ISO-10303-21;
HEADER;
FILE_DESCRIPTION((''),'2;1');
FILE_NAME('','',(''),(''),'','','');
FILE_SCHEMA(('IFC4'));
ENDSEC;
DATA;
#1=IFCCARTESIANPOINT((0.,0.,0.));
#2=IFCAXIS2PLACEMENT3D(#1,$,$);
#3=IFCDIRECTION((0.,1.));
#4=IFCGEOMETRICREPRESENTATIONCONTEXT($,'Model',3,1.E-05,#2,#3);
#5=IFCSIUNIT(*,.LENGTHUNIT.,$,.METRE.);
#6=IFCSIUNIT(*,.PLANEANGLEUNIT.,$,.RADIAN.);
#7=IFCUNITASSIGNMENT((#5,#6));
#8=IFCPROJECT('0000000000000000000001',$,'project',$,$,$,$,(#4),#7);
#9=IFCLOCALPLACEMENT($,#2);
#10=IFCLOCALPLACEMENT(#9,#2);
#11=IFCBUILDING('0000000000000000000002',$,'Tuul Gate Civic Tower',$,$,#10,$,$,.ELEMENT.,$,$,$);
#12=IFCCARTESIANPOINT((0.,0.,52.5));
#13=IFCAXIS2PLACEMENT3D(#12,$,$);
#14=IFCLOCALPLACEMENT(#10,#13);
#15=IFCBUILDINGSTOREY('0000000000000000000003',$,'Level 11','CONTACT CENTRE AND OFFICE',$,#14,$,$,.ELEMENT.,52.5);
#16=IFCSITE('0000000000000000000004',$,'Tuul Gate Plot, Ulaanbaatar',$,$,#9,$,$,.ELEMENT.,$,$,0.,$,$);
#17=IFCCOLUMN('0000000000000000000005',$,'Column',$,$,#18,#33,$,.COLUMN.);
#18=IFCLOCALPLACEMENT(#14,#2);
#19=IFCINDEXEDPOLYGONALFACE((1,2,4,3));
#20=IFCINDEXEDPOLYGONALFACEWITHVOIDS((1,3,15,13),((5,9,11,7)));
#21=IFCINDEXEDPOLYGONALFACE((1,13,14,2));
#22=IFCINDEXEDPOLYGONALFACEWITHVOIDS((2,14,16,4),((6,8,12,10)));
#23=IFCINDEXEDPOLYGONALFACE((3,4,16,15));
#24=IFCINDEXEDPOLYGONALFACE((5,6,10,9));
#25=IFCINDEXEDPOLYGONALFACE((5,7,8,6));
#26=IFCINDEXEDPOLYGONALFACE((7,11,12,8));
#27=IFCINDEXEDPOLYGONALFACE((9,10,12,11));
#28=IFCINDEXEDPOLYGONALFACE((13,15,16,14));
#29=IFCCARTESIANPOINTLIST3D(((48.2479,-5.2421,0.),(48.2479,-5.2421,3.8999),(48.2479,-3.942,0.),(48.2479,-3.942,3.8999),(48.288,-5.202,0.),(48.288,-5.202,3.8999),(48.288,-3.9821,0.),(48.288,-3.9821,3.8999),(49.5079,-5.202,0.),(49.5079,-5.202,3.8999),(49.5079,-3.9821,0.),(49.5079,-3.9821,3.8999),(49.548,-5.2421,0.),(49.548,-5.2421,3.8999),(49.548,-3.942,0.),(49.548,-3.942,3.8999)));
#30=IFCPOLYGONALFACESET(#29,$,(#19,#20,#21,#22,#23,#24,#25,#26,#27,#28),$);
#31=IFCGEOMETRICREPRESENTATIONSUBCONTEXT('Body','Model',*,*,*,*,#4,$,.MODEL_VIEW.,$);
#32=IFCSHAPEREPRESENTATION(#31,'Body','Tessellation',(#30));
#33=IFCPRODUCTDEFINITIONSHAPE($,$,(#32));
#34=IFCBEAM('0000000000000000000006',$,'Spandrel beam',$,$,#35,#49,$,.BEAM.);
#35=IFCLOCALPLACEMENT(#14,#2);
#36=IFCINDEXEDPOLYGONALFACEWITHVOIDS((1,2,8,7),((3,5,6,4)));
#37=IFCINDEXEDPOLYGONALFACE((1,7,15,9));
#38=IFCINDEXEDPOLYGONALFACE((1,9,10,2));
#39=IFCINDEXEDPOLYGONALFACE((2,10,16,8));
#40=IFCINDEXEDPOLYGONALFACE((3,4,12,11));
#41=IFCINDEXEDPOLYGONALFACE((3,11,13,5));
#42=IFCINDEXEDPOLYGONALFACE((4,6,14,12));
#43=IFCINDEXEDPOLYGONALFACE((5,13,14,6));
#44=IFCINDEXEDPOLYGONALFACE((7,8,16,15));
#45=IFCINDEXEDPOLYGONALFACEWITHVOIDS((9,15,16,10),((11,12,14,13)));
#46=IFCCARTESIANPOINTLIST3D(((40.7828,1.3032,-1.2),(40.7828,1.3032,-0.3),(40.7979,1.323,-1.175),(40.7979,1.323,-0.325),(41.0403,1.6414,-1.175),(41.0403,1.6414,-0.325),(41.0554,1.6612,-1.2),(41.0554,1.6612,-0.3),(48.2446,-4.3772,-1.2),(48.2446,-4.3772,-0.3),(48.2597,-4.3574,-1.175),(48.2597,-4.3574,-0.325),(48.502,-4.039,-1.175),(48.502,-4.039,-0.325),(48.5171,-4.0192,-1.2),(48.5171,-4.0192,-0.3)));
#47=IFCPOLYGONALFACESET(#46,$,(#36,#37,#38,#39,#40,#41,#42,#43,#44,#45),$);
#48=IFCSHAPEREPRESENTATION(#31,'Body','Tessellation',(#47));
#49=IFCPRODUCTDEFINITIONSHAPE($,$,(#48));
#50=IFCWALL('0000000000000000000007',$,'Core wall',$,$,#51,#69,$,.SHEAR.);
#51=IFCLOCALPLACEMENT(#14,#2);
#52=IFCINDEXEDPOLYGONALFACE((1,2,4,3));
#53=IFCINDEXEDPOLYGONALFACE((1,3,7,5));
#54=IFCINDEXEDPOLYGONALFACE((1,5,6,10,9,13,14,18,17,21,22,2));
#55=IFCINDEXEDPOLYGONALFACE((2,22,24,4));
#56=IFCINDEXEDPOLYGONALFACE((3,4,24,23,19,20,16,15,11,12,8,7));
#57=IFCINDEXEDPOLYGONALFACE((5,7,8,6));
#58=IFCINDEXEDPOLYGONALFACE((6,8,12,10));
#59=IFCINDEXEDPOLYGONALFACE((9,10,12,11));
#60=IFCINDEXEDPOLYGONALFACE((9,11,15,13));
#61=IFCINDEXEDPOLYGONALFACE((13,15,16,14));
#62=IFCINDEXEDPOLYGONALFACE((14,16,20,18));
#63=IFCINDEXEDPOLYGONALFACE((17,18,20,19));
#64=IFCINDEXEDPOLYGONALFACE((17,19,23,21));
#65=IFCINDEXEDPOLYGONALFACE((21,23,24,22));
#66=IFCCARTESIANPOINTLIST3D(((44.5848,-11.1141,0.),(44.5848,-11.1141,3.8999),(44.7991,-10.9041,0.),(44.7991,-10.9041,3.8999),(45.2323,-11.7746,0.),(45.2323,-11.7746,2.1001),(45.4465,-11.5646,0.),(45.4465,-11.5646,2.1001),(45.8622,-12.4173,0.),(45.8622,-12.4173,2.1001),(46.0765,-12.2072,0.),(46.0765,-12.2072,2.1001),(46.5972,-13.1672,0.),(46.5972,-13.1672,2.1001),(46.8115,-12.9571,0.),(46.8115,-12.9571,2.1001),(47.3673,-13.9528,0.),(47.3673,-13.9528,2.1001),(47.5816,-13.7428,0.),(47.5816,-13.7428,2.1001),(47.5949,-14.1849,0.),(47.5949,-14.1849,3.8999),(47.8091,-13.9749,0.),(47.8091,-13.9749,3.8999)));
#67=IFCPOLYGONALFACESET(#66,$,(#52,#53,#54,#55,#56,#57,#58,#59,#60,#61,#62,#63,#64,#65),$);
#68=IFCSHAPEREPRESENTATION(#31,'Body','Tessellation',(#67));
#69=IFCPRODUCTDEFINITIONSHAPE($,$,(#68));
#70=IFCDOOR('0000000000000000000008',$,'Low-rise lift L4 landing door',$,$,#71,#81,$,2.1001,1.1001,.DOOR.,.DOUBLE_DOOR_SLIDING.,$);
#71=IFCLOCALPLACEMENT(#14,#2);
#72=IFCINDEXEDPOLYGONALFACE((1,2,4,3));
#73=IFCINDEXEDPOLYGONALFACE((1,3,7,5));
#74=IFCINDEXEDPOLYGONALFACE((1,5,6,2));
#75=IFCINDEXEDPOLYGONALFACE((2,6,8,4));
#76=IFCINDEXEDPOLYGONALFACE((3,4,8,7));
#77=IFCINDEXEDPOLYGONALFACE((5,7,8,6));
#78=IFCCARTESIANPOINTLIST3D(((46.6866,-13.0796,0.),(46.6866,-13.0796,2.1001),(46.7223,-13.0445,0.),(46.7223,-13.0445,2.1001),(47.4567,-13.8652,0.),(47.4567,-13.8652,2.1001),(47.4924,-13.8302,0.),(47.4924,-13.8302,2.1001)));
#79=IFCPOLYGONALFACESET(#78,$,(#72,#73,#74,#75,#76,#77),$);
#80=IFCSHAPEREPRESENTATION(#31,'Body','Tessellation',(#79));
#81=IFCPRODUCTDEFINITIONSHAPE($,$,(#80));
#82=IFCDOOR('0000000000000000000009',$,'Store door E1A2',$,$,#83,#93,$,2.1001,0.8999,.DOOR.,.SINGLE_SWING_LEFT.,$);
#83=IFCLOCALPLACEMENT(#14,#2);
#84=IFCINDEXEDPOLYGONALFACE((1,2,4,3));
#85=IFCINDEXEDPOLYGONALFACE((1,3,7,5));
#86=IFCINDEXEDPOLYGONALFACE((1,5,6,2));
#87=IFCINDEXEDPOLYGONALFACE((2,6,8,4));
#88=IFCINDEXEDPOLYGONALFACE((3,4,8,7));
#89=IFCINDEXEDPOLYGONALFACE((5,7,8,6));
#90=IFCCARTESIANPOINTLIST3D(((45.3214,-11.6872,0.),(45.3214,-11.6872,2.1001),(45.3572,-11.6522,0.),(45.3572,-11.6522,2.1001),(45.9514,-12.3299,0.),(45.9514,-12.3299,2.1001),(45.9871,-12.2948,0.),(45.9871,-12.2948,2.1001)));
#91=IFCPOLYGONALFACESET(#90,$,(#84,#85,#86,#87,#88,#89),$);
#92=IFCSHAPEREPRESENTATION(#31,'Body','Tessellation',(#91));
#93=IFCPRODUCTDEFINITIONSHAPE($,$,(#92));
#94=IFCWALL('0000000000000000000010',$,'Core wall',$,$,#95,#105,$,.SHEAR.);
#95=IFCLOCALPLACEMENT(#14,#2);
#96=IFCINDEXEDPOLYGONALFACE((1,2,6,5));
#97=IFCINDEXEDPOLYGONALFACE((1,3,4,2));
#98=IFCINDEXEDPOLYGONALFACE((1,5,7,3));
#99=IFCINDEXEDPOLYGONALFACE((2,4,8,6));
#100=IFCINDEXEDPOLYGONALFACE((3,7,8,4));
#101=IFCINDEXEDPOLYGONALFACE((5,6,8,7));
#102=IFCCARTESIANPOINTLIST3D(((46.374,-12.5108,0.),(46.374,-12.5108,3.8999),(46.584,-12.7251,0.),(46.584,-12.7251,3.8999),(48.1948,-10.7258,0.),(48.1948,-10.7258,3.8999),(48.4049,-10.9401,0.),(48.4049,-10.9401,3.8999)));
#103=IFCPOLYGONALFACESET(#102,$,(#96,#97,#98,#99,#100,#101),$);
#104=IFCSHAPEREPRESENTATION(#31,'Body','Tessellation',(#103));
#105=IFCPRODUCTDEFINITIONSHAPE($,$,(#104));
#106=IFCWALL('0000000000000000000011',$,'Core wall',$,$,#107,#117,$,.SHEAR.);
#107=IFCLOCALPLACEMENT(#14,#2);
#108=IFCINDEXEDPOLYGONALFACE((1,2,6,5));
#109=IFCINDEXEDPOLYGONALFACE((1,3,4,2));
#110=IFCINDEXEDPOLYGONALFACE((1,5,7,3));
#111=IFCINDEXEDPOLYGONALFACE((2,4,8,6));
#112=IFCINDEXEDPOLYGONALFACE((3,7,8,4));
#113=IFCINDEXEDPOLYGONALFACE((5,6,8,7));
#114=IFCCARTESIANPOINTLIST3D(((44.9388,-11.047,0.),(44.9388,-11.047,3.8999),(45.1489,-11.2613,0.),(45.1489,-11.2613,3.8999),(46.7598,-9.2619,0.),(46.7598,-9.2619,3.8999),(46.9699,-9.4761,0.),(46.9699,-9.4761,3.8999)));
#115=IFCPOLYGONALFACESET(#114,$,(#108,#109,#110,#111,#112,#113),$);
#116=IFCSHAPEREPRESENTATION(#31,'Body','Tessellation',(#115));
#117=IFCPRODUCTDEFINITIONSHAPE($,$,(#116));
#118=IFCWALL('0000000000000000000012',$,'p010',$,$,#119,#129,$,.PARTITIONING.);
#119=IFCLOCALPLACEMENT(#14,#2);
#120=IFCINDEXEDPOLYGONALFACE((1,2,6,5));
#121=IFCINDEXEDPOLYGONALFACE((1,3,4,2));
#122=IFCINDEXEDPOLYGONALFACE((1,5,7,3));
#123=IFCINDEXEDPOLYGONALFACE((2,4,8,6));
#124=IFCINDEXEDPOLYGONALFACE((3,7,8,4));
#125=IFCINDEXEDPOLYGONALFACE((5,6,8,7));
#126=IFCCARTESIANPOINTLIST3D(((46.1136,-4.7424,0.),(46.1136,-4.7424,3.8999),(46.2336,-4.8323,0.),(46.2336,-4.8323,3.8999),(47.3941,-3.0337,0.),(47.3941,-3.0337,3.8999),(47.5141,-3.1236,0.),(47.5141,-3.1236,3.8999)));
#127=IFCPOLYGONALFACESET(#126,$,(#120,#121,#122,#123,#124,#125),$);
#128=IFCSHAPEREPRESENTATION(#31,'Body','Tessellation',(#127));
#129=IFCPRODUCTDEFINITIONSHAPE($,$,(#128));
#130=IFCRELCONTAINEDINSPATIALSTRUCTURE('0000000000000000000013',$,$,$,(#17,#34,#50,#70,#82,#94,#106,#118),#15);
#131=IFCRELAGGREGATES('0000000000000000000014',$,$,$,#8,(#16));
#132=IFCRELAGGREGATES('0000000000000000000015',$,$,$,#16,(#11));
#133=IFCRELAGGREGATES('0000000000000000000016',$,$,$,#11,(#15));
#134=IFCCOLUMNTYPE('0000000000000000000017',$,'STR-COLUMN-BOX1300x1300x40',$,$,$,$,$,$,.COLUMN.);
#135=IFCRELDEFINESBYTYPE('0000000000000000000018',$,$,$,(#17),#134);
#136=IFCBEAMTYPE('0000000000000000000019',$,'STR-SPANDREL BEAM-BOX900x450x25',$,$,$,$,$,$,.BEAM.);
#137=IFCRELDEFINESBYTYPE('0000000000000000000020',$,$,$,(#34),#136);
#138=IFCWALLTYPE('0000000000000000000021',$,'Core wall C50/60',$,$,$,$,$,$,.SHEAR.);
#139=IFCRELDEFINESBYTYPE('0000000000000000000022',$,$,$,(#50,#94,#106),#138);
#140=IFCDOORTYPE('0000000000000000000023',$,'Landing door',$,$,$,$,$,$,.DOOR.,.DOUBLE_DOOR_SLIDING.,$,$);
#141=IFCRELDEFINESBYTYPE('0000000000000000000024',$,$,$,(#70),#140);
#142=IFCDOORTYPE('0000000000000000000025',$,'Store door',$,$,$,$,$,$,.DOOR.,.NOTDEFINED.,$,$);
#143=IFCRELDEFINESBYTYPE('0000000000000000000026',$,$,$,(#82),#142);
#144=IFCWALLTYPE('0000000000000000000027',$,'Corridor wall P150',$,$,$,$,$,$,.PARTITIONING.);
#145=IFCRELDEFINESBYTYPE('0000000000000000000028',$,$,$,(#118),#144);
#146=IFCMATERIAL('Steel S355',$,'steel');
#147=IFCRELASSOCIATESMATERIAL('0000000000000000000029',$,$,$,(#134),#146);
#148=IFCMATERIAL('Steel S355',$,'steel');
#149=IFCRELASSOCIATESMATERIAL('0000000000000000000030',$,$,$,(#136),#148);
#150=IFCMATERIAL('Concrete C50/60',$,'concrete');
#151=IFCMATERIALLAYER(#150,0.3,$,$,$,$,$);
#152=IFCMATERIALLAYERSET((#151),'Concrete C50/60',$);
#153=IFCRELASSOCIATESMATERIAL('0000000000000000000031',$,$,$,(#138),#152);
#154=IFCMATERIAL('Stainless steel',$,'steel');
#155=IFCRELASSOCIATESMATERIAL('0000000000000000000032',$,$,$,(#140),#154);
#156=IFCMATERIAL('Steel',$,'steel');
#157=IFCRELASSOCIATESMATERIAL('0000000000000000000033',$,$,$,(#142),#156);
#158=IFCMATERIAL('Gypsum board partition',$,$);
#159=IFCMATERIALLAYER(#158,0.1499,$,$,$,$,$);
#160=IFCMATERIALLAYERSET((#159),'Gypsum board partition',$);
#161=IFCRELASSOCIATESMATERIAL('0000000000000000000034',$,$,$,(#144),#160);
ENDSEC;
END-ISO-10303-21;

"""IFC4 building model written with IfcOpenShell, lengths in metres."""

from ifc_helpers import new_model, si_unit, direction, frame, frame_2d, origin, origin_2d, place, context, subcontext, project, spatial, rectangle, hollow_rectangle, extrude, material, layer, layer_set, material_profile, profile_set, type_object, element, fill, save


model = new_model("IFC4")

# Units and contexts
model_context = context("Model", 3, precision=1e-05, world=origin(), true_north=direction((0.0, 1.0)))
body_context = subcontext(model_context, "Body", "Model", "MODEL_VIEW")
ifc_project = project(units=[si_unit("LENGTHUNIT", "METRE"), si_unit("PLANEANGLEUNIT", "RADIAN")], contexts=[model_context])

# Site, building, storey
site_placement = place(None, origin())
site = spatial("IfcSite", under=ifc_project, at=site_placement, Name="Tuul Gate Plot, Ulaanbaatar", CompositionType="ELEMENT", RefElevation=0.0)
building_placement = place(site_placement, origin())
building = spatial("IfcBuilding", under=site, at=building_placement, Name="Tuul Gate Civic Tower", CompositionType="ELEMENT")
storey_placement = place(building_placement, frame((0.0, 0.0, 52.5)))
storey = spatial("IfcBuildingStorey", under=building, at=storey_placement, Name="Level 11", Description="CONTACT CENTRE AND OFFICE", CompositionType="ELEMENT", Elevation=52.5)

# Column
ifc_material_1 = material(Name="Steel S355", Category="steel")
ifc_material_profile_1 = material_profile(ifc_material_1, hollow_rectangle(XDim=1.3, YDim=1.3, WallThickness=0.04, at=origin_2d()), Name="BOX1300x1300x40")
ifc_profile_set_1 = profile_set([ifc_material_profile_1], Name="Steel S355")
column_type = type_object("IfcColumnType", Name="STR-COLUMN-BOX1300x1300x40", PredefinedType="COLUMN", material=ifc_profile_set_1)
column_placement = place(storey_placement, frame((48.8979, -4.592, 0.0), z_axis=(0.0, 0.0, 1.0), x_axis=(1.0, 0.0, 0.0)))
element("IfcColumn", 1, at=column_placement, inside=storey, type_object=column_type, Name="Column", PredefinedType="COLUMN", context=body_context, shape_type="SweptSolid", body=[
    extrude(hollow_rectangle(XDim=1.3, YDim=1.3, WallThickness=0.04, at=origin_2d()), origin(), (0.0, 0.0, 1.0), 3.8999),
])

# Beam
ifc_material_2 = material(Name="Steel S355", Category="steel")
ifc_material_profile_2 = material_profile(ifc_material_2, hollow_rectangle(XDim=0.45, YDim=0.8999, WallThickness=0.0249, at=origin_2d()), Name="BOX900x450x25")
ifc_profile_set_2 = profile_set([ifc_material_profile_2], Name="Steel S355")
beam_type = type_object("IfcBeamType", Name="STR-SPANDREL BEAM-BOX900x450x25", PredefinedType="BEAM", material=ifc_profile_set_2)
beam_placement = place(storey_placement, frame((48.3809, -4.1982, -0.75), z_axis=(-0.795671, 0.605729, 0.0), x_axis=(-0.605729, -0.795671, 0.0)))
element("IfcBeam", 2, at=beam_placement, inside=storey, type_object=beam_type, Name="Spandrel beam", PredefinedType="BEAM", context=body_context, shape_type="SweptSolid", body=[
    extrude(hollow_rectangle(XDim=0.45, YDim=0.8999, WallThickness=0.0249, at=origin_2d()), origin(), (0.0, 0.0, 1.0), 9.3779),
])

# Wall, openings, doors
ifc_material_3 = material(Name="Concrete C50/60", Category="concrete")
ifc_layer_1 = layer(ifc_material_3, 0.3)
ifc_layer_set_1 = layer_set([ifc_layer_1], Name="Concrete C50/60")
wall_type_1 = type_object("IfcWallType", Name="Core wall C50/60", PredefinedType="SHEAR", material=ifc_layer_set_1)
wall_1_placement = place(storey_placement, frame((47.7019, -14.0798, 0.0), z_axis=(0.0, 0.0, 1.0), x_axis=(-0.700003, 0.71414, 0.0)))
wall_1 = element("IfcWall", 3, at=wall_1_placement, inside=storey, type_object=wall_type_1, Name="Core wall", PredefinedType="SHEAR", context=body_context, shape_type="SweptSolid", body=[
    extrude(rectangle(XDim=4.3, YDim=0.3, at=frame_2d((2.1499, 0.0))), origin(), (0.0, 0.0, 1.0), 3.8999),
])
opening_1_placement = place(wall_1_placement, frame((0.325, 0.0, 0.0)))
opening_1 = element("IfcOpeningElement", 4, at=opening_1_placement, cuts=wall_1, PredefinedType="OPENING", context=body_context, shape_type="SweptSolid", body=[
    extrude(rectangle(XDim=1.1001, YDim=2.1001, at=frame_2d((0.55, 1.05))), frame((0.0, 0.1602, 0.0), z_axis=(0.0, -1.0, 0.0), x_axis=(1.0, 0.0, 0.0)), (0.0, 0.0, 1.0), 0.3201),
])
opening_2_placement = place(wall_1_placement, frame((2.4751, 0.0, 0.0)))
opening_2 = element("IfcOpeningElement", 5, at=opening_2_placement, cuts=wall_1, PredefinedType="OPENING", context=body_context, shape_type="SweptSolid", body=[
    extrude(rectangle(XDim=0.8999, YDim=2.1001, at=frame_2d((0.45, 1.05))), frame((0.0, 0.1602, 0.0), z_axis=(0.0, -1.0, 0.0), x_axis=(1.0, 0.0, 0.0)), (0.0, 0.0, 1.0), 0.3201),
])
ifc_material_4 = material(Name="Stainless steel", Category="steel")
door_type_1 = type_object("IfcDoorType", Name="Landing door", OperationType="DOUBLE_DOOR_SLIDING", PredefinedType="DOOR", material=ifc_material_4)
door_1_placement = place(opening_1_placement, origin())
door_1 = element("IfcDoor", 6, at=door_1_placement, inside=storey, type_object=door_type_1, Name="Low-rise lift L4 landing door", OperationType="DOUBLE_DOOR_SLIDING", OverallHeight=2.1001, OverallWidth=1.1001, PredefinedType="DOOR", context=body_context, shape_type="SweptSolid", body=[
    extrude(rectangle(XDim=1.1001, YDim=2.1001, at=frame_2d((0.55, 1.05))), frame((0.0, 0.0249, 0.0), z_axis=(0.0, -1.0, 0.0), x_axis=(1.0, 0.0, 0.0)), (0.0, 0.0, 1.0), 0.05),
])
fill(opening_1, door_1)
ifc_material_5 = material(Name="Steel", Category="steel")
door_type_2 = type_object("IfcDoorType", Name="Store door", OperationType="NOTDEFINED", PredefinedType="DOOR", material=ifc_material_5)
door_2_placement = place(opening_2_placement, frame((0.8999, 0.0, 0.0), z_axis=(0.0, 0.0, 1.0), x_axis=(-1.0, 0.0, 0.0)))
door_2 = element("IfcDoor", 7, at=door_2_placement, inside=storey, type_object=door_type_2, Name="Store door E1A2", OperationType="SINGLE_SWING_LEFT", OverallHeight=2.1001, OverallWidth=0.8999, PredefinedType="DOOR", context=body_context, shape_type="SweptSolid", body=[
    extrude(rectangle(XDim=0.8999, YDim=2.1001, at=frame_2d((0.45, 1.05))), frame((0.0, 0.0249, 0.0), z_axis=(0.0, -1.0, 0.0), x_axis=(1.0, 0.0, 0.0)), (0.0, 0.0, 1.0), 0.05),
])
fill(opening_2, door_2)

# Walls
wall_2_placement = place(storey_placement, frame((46.479, -12.6179, 0.0), z_axis=(0.0, 0.0, 1.0), x_axis=(0.714109, 0.700034, 0.0)))
element("IfcWall", 8, at=wall_2_placement, inside=storey, type_object=wall_type_1, Name="Core wall", PredefinedType="SHEAR", context=body_context, shape_type="SweptSolid", body=[
    extrude(rectangle(XDim=2.5498, YDim=0.3, at=frame_2d((1.2749, 0.0))), origin(), (0.0, 0.0, 1.0), 3.8999),
])
wall_3_placement = place(storey_placement, frame((45.0439, -11.1541, 0.0), z_axis=(0.0, 0.0, 1.0), x_axis=(0.714108, 0.700035, 0.0)))
element("IfcWall", 9, at=wall_3_placement, inside=storey, type_object=wall_type_1, Name="Core wall", PredefinedType="SHEAR", context=body_context, shape_type="SweptSolid", body=[
    extrude(rectangle(XDim=2.55, YDim=0.3, at=frame_2d((1.2749, 0.0))), origin(), (0.0, 0.0, 1.0), 3.8999),
])
ifc_material_6 = material(Name="Gypsum board partition")
ifc_layer_2 = layer(ifc_material_6, 0.1499)
ifc_layer_set_2 = layer_set([ifc_layer_2], Name="Gypsum board partition")
wall_type_2 = type_object("IfcWallType", Name="Corridor wall P150", PredefinedType="PARTITIONING", material=ifc_layer_set_2)
wall_4_placement = place(storey_placement, frame((46.1736, -4.7874, 0.0), z_axis=(0.0, 0.0, 1.0), x_axis=(0.599689, 0.800233, 0.0)))
element("IfcWall", 10, at=wall_4_placement, inside=storey, type_object=wall_type_2, Name="p010", PredefinedType="PARTITIONING", context=body_context, shape_type="SweptSolid", body=[
    extrude(rectangle(XDim=2.1353, YDim=0.1499, at=frame_2d((1.0676, 0.0))), origin(), (0.0, 0.0, 1.0), 3.8999),
])

save(model, "model.ifc")
